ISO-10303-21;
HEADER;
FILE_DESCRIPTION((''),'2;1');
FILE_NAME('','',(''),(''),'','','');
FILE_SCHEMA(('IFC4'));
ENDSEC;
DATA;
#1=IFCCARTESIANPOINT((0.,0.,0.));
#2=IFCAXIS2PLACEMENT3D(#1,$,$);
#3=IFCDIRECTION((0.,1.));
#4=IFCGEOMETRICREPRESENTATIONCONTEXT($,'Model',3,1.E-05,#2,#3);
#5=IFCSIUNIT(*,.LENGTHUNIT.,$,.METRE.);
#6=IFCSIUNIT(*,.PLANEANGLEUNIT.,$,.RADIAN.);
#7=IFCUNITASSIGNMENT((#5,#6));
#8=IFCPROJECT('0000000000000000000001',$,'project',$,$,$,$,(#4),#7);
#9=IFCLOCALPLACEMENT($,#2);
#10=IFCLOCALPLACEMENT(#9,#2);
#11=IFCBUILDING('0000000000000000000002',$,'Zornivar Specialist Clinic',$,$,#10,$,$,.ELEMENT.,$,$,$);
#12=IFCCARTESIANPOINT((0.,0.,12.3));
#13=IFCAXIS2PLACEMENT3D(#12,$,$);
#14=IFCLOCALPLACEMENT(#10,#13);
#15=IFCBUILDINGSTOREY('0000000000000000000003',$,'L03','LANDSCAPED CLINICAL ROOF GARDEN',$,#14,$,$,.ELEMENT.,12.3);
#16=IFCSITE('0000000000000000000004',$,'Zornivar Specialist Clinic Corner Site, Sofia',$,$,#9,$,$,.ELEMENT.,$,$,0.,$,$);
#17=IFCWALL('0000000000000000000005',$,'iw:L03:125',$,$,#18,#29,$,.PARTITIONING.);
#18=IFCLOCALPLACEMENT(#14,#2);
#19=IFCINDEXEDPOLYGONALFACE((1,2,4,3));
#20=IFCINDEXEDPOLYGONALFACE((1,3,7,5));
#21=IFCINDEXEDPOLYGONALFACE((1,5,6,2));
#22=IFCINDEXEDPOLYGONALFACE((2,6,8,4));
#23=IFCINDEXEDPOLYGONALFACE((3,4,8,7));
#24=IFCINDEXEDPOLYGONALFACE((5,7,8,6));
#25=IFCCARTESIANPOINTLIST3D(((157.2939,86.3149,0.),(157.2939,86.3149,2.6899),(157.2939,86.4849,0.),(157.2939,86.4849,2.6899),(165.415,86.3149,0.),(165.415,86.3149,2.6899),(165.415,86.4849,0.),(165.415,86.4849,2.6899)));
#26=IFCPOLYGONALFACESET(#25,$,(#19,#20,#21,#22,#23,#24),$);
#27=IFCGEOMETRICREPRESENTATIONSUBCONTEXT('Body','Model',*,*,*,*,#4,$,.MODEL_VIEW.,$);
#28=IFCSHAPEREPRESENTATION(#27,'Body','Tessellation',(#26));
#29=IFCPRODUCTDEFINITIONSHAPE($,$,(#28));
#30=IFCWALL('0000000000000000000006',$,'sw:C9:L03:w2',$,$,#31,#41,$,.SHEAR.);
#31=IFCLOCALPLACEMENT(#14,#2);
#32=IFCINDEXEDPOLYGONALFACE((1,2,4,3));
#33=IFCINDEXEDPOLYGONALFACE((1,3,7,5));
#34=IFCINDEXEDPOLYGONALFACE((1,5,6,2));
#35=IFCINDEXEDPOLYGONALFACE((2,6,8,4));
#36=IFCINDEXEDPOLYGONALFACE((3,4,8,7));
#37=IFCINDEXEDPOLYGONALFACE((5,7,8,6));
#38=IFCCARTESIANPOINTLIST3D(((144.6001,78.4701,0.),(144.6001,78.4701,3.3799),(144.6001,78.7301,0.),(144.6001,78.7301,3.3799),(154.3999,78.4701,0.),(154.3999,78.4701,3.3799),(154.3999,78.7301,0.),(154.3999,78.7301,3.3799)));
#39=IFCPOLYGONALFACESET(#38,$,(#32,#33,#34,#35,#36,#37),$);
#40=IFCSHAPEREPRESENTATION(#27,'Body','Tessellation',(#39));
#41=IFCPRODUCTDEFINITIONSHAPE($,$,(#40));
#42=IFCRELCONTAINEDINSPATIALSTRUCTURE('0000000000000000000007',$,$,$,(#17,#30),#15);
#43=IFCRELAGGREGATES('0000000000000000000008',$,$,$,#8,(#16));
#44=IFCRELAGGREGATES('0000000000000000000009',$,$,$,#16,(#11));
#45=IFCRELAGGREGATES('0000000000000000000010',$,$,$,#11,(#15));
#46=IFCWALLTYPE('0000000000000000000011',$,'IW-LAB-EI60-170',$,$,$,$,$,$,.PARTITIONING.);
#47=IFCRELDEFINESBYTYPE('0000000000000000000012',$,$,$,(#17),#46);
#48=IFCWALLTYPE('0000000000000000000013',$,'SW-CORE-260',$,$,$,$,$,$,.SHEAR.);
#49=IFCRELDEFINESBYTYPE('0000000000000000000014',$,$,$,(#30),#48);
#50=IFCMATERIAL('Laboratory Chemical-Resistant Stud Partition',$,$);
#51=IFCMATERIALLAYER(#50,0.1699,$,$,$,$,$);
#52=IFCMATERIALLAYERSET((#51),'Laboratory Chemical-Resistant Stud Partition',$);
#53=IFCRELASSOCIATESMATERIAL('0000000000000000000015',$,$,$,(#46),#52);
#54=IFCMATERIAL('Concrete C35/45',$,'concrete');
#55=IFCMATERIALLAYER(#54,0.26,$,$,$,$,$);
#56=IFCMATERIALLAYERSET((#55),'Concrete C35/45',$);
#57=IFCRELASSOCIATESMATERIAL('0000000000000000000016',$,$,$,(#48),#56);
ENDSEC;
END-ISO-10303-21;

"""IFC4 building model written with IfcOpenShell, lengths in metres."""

from ifc_helpers import new_model, si_unit, direction, frame, frame_2d, origin, place, context, subcontext, project, spatial, rectangle, extrude, material, layer, layer_set, type_object, element, save


model = new_model("IFC4")

# Units and contexts
model_context = context("Model", 3, precision=1e-05, world=origin(), true_north=direction((0.0, 1.0)))
body_context = subcontext(model_context, "Body", "Model", "MODEL_VIEW")
ifc_project = project(units=[si_unit("LENGTHUNIT", "METRE"), si_unit("PLANEANGLEUNIT", "RADIAN")], contexts=[model_context])

# Site, building, storey
site_placement = place(None, origin())
site = spatial("IfcSite", under=ifc_project, at=site_placement, Name="Zornivar Specialist Clinic Corner Site, Sofia", CompositionType="ELEMENT", RefElevation=0.0)
building_placement = place(site_placement, origin())
building = spatial("IfcBuilding", under=site, at=building_placement, Name="Zornivar Specialist Clinic", CompositionType="ELEMENT")
storey_placement = place(building_placement, frame((0.0, 0.0, 12.3)))
storey = spatial("IfcBuildingStorey", under=building, at=storey_placement, Name="L03", Description="LANDSCAPED CLINICAL ROOF GARDEN", CompositionType="ELEMENT", Elevation=12.3)

# Walls
ifc_material_1 = material(Name="Laboratory Chemical-Resistant Stud Partition")
ifc_layer_1 = layer(ifc_material_1, 0.1699)
ifc_layer_set_1 = layer_set([ifc_layer_1], Name="Laboratory Chemical-Resistant Stud Partition")
wall_type_1 = type_object("IfcWallType", Name="IW-LAB-EI60-170", PredefinedType="PARTITIONING", material=ifc_layer_set_1)
wall_1_placement = place(storey_placement, frame((157.2939, 86.3999, 0.0), z_axis=(0.0, 0.0, 1.0), x_axis=(1.0, 0.0, 0.0)))
element("IfcWall", 1, at=wall_1_placement, inside=storey, type_object=wall_type_1, Name="iw:L03:125", PredefinedType="PARTITIONING", context=body_context, shape_type="SweptSolid", body=[
    extrude(rectangle(XDim=8.1211, YDim=0.1699, at=frame_2d((4.0605, 0.0))), origin(), (0.0, 0.0, 1.0), 2.6899),
])
ifc_material_2 = material(Name="Concrete C35/45", Category="concrete")
ifc_layer_2 = layer(ifc_material_2, 0.26)
ifc_layer_set_2 = layer_set([ifc_layer_2], Name="Concrete C35/45")
wall_type_2 = type_object("IfcWallType", Name="SW-CORE-260", PredefinedType="SHEAR", material=ifc_layer_set_2)
wall_2_placement = place(storey_placement, frame((154.3999, 78.6001, 0.0), z_axis=(0.0, 0.0, 1.0), x_axis=(-1.0, 0.0, 0.0)))
element("IfcWall", 2, at=wall_2_placement, inside=storey, type_object=wall_type_2, Name="sw:C9:L03:w2", PredefinedType="SHEAR", context=body_context, shape_type="SweptSolid", body=[
    extrude(rectangle(XDim=9.7998, YDim=0.26, at=frame_2d((4.8999, 0.0))), origin(), (0.0, 0.0, 1.0), 3.3799),
])

save(model, "model.ifc")
